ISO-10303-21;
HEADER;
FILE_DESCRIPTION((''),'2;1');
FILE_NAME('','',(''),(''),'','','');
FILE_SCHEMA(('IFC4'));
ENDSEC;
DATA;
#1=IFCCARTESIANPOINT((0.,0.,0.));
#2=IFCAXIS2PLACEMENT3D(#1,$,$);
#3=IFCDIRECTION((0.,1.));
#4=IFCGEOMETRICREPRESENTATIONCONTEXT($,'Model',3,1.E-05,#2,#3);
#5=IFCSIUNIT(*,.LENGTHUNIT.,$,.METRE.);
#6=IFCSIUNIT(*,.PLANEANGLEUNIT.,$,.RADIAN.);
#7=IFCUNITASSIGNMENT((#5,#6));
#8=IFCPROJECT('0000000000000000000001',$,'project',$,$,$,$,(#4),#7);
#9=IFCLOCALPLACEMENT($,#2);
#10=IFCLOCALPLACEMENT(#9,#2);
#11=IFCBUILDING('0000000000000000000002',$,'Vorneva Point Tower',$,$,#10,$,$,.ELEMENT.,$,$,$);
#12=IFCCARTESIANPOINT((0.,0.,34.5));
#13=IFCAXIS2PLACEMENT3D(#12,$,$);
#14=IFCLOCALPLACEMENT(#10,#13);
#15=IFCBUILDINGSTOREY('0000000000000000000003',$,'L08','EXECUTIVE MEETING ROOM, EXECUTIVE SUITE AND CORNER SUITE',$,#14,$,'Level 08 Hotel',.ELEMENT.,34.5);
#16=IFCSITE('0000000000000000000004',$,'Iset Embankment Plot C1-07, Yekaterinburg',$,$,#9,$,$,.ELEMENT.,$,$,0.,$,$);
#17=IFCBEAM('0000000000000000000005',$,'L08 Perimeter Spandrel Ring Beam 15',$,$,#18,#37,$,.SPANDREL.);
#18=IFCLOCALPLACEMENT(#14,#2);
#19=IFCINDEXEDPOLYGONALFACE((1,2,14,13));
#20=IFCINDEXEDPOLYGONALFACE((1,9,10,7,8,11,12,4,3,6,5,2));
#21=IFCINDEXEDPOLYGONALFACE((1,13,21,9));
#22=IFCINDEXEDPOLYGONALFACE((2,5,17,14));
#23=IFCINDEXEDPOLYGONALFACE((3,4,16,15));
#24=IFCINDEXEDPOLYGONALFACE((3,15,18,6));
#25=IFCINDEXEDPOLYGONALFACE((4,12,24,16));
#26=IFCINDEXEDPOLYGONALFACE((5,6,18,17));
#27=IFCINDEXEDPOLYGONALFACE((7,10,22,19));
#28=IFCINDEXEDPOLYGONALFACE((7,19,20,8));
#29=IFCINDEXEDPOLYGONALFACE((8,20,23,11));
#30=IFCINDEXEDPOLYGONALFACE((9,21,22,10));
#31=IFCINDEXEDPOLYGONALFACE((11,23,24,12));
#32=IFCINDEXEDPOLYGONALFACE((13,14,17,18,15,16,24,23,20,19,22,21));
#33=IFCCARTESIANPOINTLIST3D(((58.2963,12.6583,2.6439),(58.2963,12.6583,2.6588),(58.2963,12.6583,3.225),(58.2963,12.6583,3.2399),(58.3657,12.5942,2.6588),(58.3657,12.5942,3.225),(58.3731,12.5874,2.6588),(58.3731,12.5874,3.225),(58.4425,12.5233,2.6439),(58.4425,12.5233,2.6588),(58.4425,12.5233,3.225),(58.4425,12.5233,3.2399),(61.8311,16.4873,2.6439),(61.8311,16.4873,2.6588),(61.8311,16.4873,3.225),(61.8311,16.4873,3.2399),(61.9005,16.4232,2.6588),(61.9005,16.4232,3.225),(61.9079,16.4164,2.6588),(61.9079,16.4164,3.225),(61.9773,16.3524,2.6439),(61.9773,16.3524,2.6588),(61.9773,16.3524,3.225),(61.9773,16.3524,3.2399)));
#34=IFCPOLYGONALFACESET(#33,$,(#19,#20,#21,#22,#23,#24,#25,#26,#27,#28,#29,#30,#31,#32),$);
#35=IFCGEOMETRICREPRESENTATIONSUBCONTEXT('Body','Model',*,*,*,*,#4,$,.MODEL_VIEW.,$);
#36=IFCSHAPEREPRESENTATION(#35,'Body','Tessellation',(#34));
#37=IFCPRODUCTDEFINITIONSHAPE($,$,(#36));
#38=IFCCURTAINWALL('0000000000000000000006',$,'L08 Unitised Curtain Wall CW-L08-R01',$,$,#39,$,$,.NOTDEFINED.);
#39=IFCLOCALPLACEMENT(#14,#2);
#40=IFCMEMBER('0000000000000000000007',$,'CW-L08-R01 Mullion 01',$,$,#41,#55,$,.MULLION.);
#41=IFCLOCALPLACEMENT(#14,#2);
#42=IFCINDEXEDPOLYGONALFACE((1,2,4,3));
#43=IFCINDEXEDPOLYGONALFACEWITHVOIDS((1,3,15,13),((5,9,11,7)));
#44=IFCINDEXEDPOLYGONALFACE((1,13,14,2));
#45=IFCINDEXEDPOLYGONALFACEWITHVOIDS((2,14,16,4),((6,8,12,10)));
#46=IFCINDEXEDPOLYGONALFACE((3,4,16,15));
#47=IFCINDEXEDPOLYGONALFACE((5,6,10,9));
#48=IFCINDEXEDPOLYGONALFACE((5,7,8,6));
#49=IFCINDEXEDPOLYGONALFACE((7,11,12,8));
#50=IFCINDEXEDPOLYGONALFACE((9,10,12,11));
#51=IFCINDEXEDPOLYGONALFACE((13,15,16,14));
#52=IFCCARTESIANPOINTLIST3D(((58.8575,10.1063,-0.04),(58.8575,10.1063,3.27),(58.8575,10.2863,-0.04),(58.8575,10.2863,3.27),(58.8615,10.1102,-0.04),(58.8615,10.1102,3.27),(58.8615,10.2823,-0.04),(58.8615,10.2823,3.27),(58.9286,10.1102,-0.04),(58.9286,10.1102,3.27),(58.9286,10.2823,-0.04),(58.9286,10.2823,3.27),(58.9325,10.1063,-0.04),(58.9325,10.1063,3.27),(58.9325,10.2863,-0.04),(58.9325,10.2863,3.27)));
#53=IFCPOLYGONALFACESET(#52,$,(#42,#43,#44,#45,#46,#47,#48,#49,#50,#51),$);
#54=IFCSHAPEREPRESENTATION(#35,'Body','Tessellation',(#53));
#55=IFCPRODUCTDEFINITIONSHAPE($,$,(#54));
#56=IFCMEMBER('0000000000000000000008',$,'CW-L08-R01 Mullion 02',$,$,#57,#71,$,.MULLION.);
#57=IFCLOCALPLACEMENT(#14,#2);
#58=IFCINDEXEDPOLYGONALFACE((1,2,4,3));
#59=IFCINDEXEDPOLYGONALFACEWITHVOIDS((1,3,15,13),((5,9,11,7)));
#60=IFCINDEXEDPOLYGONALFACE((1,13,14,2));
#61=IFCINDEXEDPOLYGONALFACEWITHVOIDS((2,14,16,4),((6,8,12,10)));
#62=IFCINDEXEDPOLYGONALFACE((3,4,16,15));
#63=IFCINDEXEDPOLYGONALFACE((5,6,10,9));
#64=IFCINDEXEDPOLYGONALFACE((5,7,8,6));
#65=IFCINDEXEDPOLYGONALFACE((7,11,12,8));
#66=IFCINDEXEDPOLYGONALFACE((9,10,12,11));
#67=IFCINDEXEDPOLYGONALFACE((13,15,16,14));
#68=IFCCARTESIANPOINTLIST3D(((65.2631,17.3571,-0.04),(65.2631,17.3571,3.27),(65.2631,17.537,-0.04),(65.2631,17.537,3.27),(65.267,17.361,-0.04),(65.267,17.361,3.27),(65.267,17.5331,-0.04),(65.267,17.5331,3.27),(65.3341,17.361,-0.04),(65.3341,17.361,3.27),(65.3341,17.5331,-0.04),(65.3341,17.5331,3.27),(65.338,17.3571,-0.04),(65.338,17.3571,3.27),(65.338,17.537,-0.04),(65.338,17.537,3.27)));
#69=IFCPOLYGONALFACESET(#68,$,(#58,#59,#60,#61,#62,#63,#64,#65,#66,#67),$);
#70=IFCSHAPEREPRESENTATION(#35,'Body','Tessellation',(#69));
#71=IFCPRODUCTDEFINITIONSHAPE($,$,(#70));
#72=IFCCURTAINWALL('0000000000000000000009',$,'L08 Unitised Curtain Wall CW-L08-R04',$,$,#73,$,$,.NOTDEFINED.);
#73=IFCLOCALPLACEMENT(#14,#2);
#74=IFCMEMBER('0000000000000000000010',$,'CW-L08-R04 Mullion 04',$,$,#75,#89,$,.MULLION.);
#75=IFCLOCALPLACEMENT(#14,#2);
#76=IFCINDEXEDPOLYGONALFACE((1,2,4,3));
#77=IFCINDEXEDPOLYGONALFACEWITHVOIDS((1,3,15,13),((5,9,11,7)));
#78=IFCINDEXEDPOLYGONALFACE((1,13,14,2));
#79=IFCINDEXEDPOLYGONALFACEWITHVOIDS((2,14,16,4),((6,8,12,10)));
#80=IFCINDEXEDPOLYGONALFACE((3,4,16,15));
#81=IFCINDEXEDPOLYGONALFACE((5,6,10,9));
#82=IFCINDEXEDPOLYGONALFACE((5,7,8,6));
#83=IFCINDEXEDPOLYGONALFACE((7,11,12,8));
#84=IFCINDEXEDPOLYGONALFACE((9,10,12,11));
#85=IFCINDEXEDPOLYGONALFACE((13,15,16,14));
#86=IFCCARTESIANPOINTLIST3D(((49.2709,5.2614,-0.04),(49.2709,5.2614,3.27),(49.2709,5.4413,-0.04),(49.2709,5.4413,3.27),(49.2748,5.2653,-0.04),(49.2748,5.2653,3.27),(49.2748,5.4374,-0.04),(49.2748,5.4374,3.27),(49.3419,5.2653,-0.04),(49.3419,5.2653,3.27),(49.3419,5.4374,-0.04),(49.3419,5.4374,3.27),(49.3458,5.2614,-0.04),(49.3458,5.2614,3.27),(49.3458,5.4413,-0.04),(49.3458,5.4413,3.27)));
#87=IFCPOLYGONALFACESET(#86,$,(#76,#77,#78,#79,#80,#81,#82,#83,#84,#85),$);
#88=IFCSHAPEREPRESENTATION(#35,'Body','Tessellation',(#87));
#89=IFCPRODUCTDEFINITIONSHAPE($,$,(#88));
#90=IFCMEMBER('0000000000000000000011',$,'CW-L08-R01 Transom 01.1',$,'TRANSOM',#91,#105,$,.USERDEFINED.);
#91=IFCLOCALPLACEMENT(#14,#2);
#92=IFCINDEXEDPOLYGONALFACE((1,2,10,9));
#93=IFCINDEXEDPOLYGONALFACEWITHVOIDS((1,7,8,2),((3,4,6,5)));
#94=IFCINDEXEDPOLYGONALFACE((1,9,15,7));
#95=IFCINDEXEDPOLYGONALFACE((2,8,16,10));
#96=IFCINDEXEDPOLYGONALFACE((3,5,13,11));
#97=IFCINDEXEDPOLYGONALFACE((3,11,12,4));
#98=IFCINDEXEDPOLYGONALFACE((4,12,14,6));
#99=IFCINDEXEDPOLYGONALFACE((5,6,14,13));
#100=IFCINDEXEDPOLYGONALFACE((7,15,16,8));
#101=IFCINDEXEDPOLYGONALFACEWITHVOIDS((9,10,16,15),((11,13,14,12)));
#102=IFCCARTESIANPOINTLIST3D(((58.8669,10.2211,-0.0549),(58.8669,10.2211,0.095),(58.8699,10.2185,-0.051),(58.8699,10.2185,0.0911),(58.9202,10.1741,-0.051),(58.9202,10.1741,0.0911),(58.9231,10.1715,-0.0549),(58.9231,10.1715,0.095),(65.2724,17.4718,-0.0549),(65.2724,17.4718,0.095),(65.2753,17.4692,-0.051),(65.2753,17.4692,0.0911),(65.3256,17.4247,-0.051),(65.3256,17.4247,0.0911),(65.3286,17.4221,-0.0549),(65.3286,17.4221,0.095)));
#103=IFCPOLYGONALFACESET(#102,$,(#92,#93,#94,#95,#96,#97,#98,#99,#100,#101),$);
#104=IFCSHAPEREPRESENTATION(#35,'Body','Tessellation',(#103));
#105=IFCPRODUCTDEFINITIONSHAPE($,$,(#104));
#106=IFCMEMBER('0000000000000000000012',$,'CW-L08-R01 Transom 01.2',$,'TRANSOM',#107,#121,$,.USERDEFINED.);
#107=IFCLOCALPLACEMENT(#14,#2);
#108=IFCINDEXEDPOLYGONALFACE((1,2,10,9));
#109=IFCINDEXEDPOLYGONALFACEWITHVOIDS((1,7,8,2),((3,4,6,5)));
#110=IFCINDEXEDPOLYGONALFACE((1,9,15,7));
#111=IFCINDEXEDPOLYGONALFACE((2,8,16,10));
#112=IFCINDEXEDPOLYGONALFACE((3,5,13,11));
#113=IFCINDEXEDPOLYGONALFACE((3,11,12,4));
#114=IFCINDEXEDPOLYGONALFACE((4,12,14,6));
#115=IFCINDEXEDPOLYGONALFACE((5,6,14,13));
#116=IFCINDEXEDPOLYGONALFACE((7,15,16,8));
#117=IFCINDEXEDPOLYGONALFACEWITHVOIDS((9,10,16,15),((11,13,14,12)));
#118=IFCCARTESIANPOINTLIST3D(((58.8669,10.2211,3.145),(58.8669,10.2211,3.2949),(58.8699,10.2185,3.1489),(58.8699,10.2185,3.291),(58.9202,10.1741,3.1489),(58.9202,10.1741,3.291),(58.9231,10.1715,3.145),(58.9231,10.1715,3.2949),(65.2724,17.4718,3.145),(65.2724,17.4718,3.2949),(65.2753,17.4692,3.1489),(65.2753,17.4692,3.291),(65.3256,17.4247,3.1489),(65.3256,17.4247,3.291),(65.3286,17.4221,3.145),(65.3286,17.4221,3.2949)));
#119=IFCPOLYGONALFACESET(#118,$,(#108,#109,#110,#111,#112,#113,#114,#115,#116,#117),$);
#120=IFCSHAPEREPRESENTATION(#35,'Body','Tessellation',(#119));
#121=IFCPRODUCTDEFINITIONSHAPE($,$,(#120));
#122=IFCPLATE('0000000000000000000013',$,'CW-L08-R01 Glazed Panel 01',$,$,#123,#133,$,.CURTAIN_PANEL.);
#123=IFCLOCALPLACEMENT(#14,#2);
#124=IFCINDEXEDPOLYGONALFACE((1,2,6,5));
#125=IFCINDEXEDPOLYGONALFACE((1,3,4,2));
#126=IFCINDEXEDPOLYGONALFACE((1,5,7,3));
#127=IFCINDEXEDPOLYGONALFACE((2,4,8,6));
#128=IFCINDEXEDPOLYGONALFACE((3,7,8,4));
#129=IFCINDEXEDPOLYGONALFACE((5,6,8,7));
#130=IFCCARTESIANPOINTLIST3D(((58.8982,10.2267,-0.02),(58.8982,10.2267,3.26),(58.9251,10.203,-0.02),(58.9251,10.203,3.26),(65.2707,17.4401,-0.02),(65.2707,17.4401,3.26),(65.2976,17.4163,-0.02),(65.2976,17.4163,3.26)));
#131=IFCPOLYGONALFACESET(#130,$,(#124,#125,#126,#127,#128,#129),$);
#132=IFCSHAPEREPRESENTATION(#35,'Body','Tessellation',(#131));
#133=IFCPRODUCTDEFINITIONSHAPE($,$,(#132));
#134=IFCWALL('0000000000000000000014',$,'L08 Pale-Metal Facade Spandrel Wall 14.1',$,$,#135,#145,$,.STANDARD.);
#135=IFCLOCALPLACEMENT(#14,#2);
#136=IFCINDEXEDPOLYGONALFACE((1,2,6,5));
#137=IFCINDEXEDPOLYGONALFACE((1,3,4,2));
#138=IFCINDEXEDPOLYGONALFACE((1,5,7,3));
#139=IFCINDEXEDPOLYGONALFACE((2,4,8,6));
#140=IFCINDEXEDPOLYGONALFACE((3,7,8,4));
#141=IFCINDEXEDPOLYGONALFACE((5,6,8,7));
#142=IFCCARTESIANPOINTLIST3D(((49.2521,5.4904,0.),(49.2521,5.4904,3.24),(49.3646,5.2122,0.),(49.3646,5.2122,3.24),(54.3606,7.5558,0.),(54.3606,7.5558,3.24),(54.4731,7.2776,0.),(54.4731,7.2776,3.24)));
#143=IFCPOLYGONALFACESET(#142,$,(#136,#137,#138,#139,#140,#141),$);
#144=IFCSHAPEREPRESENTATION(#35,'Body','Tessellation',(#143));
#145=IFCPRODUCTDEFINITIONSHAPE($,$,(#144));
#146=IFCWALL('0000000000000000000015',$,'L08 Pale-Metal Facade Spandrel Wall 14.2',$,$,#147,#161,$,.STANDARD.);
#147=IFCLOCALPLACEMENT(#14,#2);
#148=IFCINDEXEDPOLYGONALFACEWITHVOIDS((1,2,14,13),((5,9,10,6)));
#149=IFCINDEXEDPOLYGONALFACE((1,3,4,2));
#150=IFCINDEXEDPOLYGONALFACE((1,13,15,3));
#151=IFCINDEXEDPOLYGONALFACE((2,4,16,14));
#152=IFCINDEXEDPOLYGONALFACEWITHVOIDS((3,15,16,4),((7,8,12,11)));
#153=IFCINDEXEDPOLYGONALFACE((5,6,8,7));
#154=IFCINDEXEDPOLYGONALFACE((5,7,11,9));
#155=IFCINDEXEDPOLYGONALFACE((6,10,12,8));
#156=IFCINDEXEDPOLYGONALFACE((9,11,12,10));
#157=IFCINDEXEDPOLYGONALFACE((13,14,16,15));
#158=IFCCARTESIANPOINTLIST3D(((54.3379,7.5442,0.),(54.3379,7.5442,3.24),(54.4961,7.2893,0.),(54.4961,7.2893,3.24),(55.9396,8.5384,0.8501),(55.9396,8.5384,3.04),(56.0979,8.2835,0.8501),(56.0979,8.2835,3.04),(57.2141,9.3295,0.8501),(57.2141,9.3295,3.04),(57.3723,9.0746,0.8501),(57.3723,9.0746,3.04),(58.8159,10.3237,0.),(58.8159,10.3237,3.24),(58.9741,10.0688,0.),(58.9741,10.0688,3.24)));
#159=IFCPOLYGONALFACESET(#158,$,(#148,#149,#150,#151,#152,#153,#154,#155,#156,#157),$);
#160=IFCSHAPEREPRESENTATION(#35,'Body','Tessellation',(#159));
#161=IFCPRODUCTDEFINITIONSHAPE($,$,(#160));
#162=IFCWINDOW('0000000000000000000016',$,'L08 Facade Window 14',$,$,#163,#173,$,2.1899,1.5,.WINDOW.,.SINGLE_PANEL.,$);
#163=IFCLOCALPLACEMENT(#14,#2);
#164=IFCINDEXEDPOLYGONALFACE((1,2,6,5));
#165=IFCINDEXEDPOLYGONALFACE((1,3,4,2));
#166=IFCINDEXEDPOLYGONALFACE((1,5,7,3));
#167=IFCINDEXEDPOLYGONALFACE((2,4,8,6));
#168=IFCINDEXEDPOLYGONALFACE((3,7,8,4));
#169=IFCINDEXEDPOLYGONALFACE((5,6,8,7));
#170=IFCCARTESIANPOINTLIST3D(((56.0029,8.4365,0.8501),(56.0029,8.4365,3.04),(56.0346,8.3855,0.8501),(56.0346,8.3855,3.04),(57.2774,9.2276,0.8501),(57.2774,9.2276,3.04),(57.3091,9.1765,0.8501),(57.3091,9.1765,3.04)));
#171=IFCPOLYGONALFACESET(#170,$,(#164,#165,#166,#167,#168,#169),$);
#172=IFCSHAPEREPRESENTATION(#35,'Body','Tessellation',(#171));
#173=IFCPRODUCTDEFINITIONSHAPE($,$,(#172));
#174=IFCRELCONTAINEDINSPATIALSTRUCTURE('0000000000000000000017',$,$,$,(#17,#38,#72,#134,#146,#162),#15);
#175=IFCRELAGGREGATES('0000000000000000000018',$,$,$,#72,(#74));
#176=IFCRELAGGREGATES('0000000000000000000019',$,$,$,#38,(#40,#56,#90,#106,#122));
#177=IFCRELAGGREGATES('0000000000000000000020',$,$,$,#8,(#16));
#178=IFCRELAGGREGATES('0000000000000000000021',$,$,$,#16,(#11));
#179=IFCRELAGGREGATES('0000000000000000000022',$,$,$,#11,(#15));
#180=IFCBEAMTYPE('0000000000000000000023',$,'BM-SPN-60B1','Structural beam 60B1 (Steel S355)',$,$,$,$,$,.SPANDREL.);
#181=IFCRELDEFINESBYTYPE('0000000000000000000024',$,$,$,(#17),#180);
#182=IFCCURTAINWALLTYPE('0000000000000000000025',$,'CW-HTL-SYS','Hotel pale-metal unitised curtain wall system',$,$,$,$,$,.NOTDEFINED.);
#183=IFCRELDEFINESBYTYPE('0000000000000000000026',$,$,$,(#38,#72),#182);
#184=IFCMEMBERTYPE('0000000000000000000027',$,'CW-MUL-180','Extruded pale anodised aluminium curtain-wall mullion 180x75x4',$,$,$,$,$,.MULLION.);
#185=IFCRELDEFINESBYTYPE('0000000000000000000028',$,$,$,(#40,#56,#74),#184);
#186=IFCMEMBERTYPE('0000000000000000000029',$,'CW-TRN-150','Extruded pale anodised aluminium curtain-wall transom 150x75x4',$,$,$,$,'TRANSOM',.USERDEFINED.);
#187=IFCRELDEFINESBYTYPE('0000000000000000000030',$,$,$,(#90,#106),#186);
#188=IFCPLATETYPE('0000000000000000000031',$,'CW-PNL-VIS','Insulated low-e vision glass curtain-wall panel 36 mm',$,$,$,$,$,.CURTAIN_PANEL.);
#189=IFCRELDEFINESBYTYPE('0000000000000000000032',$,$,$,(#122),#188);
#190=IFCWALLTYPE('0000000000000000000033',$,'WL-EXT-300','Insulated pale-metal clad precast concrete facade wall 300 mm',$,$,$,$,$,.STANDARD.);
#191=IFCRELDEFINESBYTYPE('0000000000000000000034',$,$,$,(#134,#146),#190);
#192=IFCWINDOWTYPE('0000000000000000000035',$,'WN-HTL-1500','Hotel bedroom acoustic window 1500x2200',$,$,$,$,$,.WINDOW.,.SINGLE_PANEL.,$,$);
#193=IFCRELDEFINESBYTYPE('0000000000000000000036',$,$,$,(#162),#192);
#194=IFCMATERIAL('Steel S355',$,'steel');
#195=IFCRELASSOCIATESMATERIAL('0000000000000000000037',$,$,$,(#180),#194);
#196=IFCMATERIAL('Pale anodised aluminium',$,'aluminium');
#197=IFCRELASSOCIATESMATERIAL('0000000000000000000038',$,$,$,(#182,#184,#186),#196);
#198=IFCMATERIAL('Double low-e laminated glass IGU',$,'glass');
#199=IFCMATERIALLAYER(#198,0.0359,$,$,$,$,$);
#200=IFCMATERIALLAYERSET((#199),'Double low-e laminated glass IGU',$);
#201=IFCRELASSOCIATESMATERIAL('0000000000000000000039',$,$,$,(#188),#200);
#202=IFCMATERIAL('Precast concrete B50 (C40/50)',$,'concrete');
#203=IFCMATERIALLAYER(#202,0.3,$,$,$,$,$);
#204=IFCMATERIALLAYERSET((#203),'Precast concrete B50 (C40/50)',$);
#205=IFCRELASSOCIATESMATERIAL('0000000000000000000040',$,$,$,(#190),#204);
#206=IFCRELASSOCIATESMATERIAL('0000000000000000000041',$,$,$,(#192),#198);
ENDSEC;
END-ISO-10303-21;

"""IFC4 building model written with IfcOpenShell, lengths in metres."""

from ifc_helpers import new_model, si_unit, direction, frame, frame_2d, origin, origin_2d, place, context, subcontext, project, spatial, rectangle, hollow_rectangle, i_section, extrude, material, layer, layer_set, material_profile, profile_set, type_object, element, fill, aggregate, save


model = new_model("IFC4")

# Units and contexts
model_context = context("Model", 3, precision=1e-05, world=origin(), true_north=direction((0.0, 1.0)))
body_context = subcontext(model_context, "Body", "Model", "MODEL_VIEW")
ifc_project = project(units=[si_unit("LENGTHUNIT", "METRE"), si_unit("PLANEANGLEUNIT", "RADIAN")], contexts=[model_context])

# Site, building, storey
site_placement = place(None, origin())
site = spatial("IfcSite", under=ifc_project, at=site_placement, Name="Iset Embankment Plot C1-07, Yekaterinburg", CompositionType="ELEMENT", RefElevation=0.0)
building_placement = place(site_placement, origin())
building = spatial("IfcBuilding", under=site, at=building_placement, Name="Vorneva Point Tower", CompositionType="ELEMENT")
storey_placement = place(building_placement, frame((0.0, 0.0, 34.5)))
storey = spatial("IfcBuildingStorey", under=building, at=storey_placement, Name="L08", Description="EXECUTIVE MEETING ROOM, EXECUTIVE SUITE AND CORNER SUITE", LongName="Level 08 Hotel", CompositionType="ELEMENT", Elevation=34.5)

# Beam
ifc_material_1 = material(Name="Steel S355", Category="steel")
ifc_material_profile_1 = material_profile(ifc_material_1, i_section(OverallWidth=0.199, OverallDepth=0.5959, WebThickness=0.01, FlangeThickness=0.0149, at=origin_2d()), Name="60B1")
ifc_profile_set_1 = profile_set([ifc_material_profile_1], Name="Steel S355")
beam_type_1 = type_object("IfcBeamType", Name="BM-SPN-60B1", Description="Structural beam 60B1 (Steel S355)", PredefinedType="SPANDREL", material=ifc_profile_set_1)
beam_1_placement = place(storey_placement, frame((58.3694, 12.5908, 2.9419), z_axis=(0.678317, 0.734769, 0.0), x_axis=(-0.734769, 0.678317, 0.0)))
element("IfcBeam", 1, at=beam_1_placement, inside=storey, type_object=beam_type_1, Name="L08 Perimeter Spandrel Ring Beam 15", PredefinedType="SPANDREL", context=body_context, shape_type="SweptSolid", body=[
    extrude(i_section(OverallWidth=0.199, OverallDepth=0.5959, WebThickness=0.01, FlangeThickness=0.0149, at=origin_2d()), origin(), (0.0, 0.0, 1.0), 5.2112),
])

# Curtain wall, members
ifc_material_2 = material(Name="Pale anodised aluminium", Category="aluminium")
curtain_wall_type = type_object("IfcCurtainWallType", Name="CW-HTL-SYS", Description="Hotel pale-metal unitised curtain wall system", PredefinedType="NOTDEFINED", material=ifc_material_2)
curtain_wall_1_placement = place(storey_placement, origin())
curtain_wall_1 = element("IfcCurtainWall", 2, at=curtain_wall_1_placement, inside=storey, type_object=curtain_wall_type, Name="L08 Unitised Curtain Wall CW-L08-R01", PredefinedType="NOTDEFINED")
ifc_material_profile_2 = material_profile(ifc_material_2, hollow_rectangle(XDim=0.075, YDim=0.1799, WallThickness=0.0039, at=origin_2d()), Name="AL-MUL 180x75x4")
ifc_profile_set_2 = profile_set([ifc_material_profile_2], Name="Pale anodised aluminium")
member_type_1 = type_object("IfcMemberType", Name="CW-MUL-180", Description="Extruded pale anodised aluminium curtain-wall mullion 180x75x4", PredefinedType="MULLION", material=ifc_profile_set_2)
member_1_placement = place(storey_placement, frame((58.895, 10.1963, -0.04), z_axis=(0.0, 0.0, 1.0), x_axis=(1.0, 0.0, 0.0)))
member_1 = element("IfcMember", 3, at=member_1_placement, type_object=member_type_1, Name="CW-L08-R01 Mullion 01", PredefinedType="MULLION", context=body_context, shape_type="SweptSolid", body=[
    extrude(hollow_rectangle(XDim=0.075, YDim=0.1799, WallThickness=0.0039, at=origin_2d()), origin(), (0.0, 0.0, 1.0), 3.3101),
])
member_2_placement = place(storey_placement, frame((65.3005, 17.447, -0.04), z_axis=(0.0, 0.0, 1.0), x_axis=(1.0, 0.0, 0.0)))
member_2 = element("IfcMember", 4, at=member_2_placement, type_object=member_type_1, Name="CW-L08-R01 Mullion 02", PredefinedType="MULLION", context=body_context, shape_type="SweptSolid", body=[
    extrude(hollow_rectangle(XDim=0.075, YDim=0.1799, WallThickness=0.0039, at=origin_2d()), origin(), (0.0, 0.0, 1.0), 3.3101),
])

# Curtain wall, member
curtain_wall_2_placement = place(storey_placement, origin())
curtain_wall_2 = element("IfcCurtainWall", 5, at=curtain_wall_2_placement, inside=storey, type_object=curtain_wall_type, Name="L08 Unitised Curtain Wall CW-L08-R04", PredefinedType="NOTDEFINED")
member_3_placement = place(storey_placement, frame((49.3083, 5.3513, -0.04), z_axis=(0.0, 0.0, 1.0), x_axis=(1.0, 0.0, 0.0)))
member_3 = element("IfcMember", 6, at=member_3_placement, type_object=member_type_1, Name="CW-L08-R04 Mullion 04", PredefinedType="MULLION", context=body_context, shape_type="SweptSolid", body=[
    extrude(hollow_rectangle(XDim=0.075, YDim=0.1799, WallThickness=0.0039, at=origin_2d()), origin(), (0.0, 0.0, 1.0), 3.3101),
])
aggregate(curtain_wall_2, [member_3])

# Members
ifc_material_profile_3 = material_profile(ifc_material_2, hollow_rectangle(XDim=0.075, YDim=0.1499, WallThickness=0.0039, at=origin_2d()), Name="AL-TRN 150x75x4")
ifc_profile_set_3 = profile_set([ifc_material_profile_3], Name="Pale anodised aluminium")
member_type_2 = type_object("IfcMemberType", Name="CW-TRN-150", Description="Extruded pale anodised aluminium curtain-wall transom 150x75x4", ElementType="TRANSOM", PredefinedType="USERDEFINED", material=ifc_profile_set_3)
member_4_placement = place(storey_placement, frame((58.895, 10.1963, 0.02), z_axis=(0.662076, 0.749437, 0.0), x_axis=(-0.749437, 0.662076, 0.0)))
member_4 = element("IfcMember", 7, at=member_4_placement, type_object=member_type_2, Name="CW-L08-R01 Transom 01.1", ObjectType="TRANSOM", PredefinedType="USERDEFINED", context=body_context, shape_type="SweptSolid", body=[
    extrude(hollow_rectangle(XDim=0.075, YDim=0.1499, WallThickness=0.0039, at=origin_2d()), origin(), (0.0, 0.0, 1.0), 9.6748),
])
member_5_placement = place(storey_placement, frame((58.895, 10.1963, 3.22), z_axis=(0.662076, 0.749437, 0.0), x_axis=(-0.749437, 0.662076, 0.0)))
member_5 = element("IfcMember", 8, at=member_5_placement, type_object=member_type_2, Name="CW-L08-R01 Transom 01.2", ObjectType="TRANSOM", PredefinedType="USERDEFINED", context=body_context, shape_type="SweptSolid", body=[
    extrude(hollow_rectangle(XDim=0.075, YDim=0.1499, WallThickness=0.0039, at=origin_2d()), origin(), (0.0, 0.0, 1.0), 9.6748),
])

# Plate
ifc_material_3 = material(Name="Double low-e laminated glass IGU", Category="glass")
ifc_layer_1 = layer(ifc_material_3, 0.0359)
ifc_layer_set_1 = layer_set([ifc_layer_1], Name="Double low-e laminated glass IGU")
plate_type = type_object("IfcPlateType", Name="CW-PNL-VIS", Description="Insulated low-e vision glass curtain-wall panel 36 mm", PredefinedType="CURTAIN_PANEL", material=ifc_layer_set_1)
plate_placement = place(storey_placement, frame((62.0979, 13.8215, -0.02), z_axis=(0.0, 0.0, 1.0), x_axis=(0.662071, 0.749441, 0.0)))
plate = element("IfcPlate", 9, at=plate_placement, type_object=plate_type, Name="CW-L08-R01 Glazed Panel 01", PredefinedType="CURTAIN_PANEL", context=body_context, shape_type="SweptSolid", body=[
    extrude(rectangle(XDim=9.625, YDim=0.0359, at=origin_2d()), origin(), (0.0, 0.0, 1.0), 3.28),
])
aggregate(curtain_wall_1, [member_1, member_2, member_4, member_5, plate])

# Wall
ifc_material_4 = material(Name="Precast concrete B50 (C40/50)", Category="concrete")
ifc_layer_2 = layer(ifc_material_4, 0.3)
ifc_layer_set_2 = layer_set([ifc_layer_2], Name="Precast concrete B50 (C40/50)")
wall_type_1 = type_object("IfcWallType", Name="WL-EXT-300", Description="Insulated pale-metal clad precast concrete facade wall 300 mm", PredefinedType="STANDARD", material=ifc_layer_set_2)
wall_1_placement = place(storey_placement, frame((49.3083, 5.3513, 0.0), z_axis=(0.0, 0.0, 1.0), x_axis=(0.927095, 0.374826, 0.0)))
element("IfcWall", 10, at=wall_1_placement, inside=storey, type_object=wall_type_1, Name="L08 Pale-Metal Facade Spandrel Wall 14.1", PredefinedType="STANDARD", context=body_context, shape_type="SweptSolid", body=[
    extrude(rectangle(XDim=5.5103, YDim=0.3, at=frame_2d((2.7551, 0.0))), origin(), (0.0, 0.0, 1.0), 3.24),
])

# Wall, opening, window
wall_2_placement = place(storey_placement, frame((54.417, 7.4167, 0.0), z_axis=(0.0, 0.0, 1.0), x_axis=(0.849634, 0.527373, 0.0)))
wall_2 = element("IfcWall", 11, at=wall_2_placement, inside=storey, type_object=wall_type_1, Name="L08 Pale-Metal Facade Spandrel Wall 14.2", PredefinedType="STANDARD", context=body_context, shape_type="SweptSolid", body=[
    extrude(rectangle(XDim=5.2705, YDim=0.3, at=frame_2d((2.6353, 0.0))), origin(), (0.0, 0.0, 1.0), 3.24),
])
opening_placement = place(wall_2_placement, frame((1.8853, 0.0, 0.8501)))
opening = element("IfcOpeningElement", 12, at=opening_placement, cuts=wall_2, PredefinedType="OPENING", context=body_context, shape_type="SweptSolid", body=[
    extrude(rectangle(XDim=1.5, YDim=2.1899, at=frame_2d((0.75, 1.095))), frame((0.0, 0.165, 0.0), z_axis=(0.0, -1.0, 0.0), x_axis=(1.0, 0.0, 0.0)), (0.0, 0.0, 1.0), 0.3298),
])
window_type = type_object("IfcWindowType", Name="WN-HTL-1500", Description="Hotel bedroom acoustic window 1500x2200", PartitioningType="SINGLE_PANEL", PredefinedType="WINDOW", material=ifc_material_3)
window_placement = place(opening_placement, origin())
window = element("IfcWindow", 13, at=window_placement, inside=storey, type_object=window_type, Name="L08 Facade Window 14", OverallHeight=2.1899, OverallWidth=1.5, PartitioningType="SINGLE_PANEL", PredefinedType="WINDOW", context=body_context, shape_type="SweptSolid", body=[
    extrude(rectangle(XDim=1.5, YDim=2.1899, at=frame_2d((0.75, 1.095))), frame((0.0, 0.03, 0.0), z_axis=(0.0, -1.0, 0.0), x_axis=(1.0, 0.0, 0.0)), (0.0, 0.0, 1.0), 0.0601),
])
fill(opening, window)

save(model, "model.ifc")
